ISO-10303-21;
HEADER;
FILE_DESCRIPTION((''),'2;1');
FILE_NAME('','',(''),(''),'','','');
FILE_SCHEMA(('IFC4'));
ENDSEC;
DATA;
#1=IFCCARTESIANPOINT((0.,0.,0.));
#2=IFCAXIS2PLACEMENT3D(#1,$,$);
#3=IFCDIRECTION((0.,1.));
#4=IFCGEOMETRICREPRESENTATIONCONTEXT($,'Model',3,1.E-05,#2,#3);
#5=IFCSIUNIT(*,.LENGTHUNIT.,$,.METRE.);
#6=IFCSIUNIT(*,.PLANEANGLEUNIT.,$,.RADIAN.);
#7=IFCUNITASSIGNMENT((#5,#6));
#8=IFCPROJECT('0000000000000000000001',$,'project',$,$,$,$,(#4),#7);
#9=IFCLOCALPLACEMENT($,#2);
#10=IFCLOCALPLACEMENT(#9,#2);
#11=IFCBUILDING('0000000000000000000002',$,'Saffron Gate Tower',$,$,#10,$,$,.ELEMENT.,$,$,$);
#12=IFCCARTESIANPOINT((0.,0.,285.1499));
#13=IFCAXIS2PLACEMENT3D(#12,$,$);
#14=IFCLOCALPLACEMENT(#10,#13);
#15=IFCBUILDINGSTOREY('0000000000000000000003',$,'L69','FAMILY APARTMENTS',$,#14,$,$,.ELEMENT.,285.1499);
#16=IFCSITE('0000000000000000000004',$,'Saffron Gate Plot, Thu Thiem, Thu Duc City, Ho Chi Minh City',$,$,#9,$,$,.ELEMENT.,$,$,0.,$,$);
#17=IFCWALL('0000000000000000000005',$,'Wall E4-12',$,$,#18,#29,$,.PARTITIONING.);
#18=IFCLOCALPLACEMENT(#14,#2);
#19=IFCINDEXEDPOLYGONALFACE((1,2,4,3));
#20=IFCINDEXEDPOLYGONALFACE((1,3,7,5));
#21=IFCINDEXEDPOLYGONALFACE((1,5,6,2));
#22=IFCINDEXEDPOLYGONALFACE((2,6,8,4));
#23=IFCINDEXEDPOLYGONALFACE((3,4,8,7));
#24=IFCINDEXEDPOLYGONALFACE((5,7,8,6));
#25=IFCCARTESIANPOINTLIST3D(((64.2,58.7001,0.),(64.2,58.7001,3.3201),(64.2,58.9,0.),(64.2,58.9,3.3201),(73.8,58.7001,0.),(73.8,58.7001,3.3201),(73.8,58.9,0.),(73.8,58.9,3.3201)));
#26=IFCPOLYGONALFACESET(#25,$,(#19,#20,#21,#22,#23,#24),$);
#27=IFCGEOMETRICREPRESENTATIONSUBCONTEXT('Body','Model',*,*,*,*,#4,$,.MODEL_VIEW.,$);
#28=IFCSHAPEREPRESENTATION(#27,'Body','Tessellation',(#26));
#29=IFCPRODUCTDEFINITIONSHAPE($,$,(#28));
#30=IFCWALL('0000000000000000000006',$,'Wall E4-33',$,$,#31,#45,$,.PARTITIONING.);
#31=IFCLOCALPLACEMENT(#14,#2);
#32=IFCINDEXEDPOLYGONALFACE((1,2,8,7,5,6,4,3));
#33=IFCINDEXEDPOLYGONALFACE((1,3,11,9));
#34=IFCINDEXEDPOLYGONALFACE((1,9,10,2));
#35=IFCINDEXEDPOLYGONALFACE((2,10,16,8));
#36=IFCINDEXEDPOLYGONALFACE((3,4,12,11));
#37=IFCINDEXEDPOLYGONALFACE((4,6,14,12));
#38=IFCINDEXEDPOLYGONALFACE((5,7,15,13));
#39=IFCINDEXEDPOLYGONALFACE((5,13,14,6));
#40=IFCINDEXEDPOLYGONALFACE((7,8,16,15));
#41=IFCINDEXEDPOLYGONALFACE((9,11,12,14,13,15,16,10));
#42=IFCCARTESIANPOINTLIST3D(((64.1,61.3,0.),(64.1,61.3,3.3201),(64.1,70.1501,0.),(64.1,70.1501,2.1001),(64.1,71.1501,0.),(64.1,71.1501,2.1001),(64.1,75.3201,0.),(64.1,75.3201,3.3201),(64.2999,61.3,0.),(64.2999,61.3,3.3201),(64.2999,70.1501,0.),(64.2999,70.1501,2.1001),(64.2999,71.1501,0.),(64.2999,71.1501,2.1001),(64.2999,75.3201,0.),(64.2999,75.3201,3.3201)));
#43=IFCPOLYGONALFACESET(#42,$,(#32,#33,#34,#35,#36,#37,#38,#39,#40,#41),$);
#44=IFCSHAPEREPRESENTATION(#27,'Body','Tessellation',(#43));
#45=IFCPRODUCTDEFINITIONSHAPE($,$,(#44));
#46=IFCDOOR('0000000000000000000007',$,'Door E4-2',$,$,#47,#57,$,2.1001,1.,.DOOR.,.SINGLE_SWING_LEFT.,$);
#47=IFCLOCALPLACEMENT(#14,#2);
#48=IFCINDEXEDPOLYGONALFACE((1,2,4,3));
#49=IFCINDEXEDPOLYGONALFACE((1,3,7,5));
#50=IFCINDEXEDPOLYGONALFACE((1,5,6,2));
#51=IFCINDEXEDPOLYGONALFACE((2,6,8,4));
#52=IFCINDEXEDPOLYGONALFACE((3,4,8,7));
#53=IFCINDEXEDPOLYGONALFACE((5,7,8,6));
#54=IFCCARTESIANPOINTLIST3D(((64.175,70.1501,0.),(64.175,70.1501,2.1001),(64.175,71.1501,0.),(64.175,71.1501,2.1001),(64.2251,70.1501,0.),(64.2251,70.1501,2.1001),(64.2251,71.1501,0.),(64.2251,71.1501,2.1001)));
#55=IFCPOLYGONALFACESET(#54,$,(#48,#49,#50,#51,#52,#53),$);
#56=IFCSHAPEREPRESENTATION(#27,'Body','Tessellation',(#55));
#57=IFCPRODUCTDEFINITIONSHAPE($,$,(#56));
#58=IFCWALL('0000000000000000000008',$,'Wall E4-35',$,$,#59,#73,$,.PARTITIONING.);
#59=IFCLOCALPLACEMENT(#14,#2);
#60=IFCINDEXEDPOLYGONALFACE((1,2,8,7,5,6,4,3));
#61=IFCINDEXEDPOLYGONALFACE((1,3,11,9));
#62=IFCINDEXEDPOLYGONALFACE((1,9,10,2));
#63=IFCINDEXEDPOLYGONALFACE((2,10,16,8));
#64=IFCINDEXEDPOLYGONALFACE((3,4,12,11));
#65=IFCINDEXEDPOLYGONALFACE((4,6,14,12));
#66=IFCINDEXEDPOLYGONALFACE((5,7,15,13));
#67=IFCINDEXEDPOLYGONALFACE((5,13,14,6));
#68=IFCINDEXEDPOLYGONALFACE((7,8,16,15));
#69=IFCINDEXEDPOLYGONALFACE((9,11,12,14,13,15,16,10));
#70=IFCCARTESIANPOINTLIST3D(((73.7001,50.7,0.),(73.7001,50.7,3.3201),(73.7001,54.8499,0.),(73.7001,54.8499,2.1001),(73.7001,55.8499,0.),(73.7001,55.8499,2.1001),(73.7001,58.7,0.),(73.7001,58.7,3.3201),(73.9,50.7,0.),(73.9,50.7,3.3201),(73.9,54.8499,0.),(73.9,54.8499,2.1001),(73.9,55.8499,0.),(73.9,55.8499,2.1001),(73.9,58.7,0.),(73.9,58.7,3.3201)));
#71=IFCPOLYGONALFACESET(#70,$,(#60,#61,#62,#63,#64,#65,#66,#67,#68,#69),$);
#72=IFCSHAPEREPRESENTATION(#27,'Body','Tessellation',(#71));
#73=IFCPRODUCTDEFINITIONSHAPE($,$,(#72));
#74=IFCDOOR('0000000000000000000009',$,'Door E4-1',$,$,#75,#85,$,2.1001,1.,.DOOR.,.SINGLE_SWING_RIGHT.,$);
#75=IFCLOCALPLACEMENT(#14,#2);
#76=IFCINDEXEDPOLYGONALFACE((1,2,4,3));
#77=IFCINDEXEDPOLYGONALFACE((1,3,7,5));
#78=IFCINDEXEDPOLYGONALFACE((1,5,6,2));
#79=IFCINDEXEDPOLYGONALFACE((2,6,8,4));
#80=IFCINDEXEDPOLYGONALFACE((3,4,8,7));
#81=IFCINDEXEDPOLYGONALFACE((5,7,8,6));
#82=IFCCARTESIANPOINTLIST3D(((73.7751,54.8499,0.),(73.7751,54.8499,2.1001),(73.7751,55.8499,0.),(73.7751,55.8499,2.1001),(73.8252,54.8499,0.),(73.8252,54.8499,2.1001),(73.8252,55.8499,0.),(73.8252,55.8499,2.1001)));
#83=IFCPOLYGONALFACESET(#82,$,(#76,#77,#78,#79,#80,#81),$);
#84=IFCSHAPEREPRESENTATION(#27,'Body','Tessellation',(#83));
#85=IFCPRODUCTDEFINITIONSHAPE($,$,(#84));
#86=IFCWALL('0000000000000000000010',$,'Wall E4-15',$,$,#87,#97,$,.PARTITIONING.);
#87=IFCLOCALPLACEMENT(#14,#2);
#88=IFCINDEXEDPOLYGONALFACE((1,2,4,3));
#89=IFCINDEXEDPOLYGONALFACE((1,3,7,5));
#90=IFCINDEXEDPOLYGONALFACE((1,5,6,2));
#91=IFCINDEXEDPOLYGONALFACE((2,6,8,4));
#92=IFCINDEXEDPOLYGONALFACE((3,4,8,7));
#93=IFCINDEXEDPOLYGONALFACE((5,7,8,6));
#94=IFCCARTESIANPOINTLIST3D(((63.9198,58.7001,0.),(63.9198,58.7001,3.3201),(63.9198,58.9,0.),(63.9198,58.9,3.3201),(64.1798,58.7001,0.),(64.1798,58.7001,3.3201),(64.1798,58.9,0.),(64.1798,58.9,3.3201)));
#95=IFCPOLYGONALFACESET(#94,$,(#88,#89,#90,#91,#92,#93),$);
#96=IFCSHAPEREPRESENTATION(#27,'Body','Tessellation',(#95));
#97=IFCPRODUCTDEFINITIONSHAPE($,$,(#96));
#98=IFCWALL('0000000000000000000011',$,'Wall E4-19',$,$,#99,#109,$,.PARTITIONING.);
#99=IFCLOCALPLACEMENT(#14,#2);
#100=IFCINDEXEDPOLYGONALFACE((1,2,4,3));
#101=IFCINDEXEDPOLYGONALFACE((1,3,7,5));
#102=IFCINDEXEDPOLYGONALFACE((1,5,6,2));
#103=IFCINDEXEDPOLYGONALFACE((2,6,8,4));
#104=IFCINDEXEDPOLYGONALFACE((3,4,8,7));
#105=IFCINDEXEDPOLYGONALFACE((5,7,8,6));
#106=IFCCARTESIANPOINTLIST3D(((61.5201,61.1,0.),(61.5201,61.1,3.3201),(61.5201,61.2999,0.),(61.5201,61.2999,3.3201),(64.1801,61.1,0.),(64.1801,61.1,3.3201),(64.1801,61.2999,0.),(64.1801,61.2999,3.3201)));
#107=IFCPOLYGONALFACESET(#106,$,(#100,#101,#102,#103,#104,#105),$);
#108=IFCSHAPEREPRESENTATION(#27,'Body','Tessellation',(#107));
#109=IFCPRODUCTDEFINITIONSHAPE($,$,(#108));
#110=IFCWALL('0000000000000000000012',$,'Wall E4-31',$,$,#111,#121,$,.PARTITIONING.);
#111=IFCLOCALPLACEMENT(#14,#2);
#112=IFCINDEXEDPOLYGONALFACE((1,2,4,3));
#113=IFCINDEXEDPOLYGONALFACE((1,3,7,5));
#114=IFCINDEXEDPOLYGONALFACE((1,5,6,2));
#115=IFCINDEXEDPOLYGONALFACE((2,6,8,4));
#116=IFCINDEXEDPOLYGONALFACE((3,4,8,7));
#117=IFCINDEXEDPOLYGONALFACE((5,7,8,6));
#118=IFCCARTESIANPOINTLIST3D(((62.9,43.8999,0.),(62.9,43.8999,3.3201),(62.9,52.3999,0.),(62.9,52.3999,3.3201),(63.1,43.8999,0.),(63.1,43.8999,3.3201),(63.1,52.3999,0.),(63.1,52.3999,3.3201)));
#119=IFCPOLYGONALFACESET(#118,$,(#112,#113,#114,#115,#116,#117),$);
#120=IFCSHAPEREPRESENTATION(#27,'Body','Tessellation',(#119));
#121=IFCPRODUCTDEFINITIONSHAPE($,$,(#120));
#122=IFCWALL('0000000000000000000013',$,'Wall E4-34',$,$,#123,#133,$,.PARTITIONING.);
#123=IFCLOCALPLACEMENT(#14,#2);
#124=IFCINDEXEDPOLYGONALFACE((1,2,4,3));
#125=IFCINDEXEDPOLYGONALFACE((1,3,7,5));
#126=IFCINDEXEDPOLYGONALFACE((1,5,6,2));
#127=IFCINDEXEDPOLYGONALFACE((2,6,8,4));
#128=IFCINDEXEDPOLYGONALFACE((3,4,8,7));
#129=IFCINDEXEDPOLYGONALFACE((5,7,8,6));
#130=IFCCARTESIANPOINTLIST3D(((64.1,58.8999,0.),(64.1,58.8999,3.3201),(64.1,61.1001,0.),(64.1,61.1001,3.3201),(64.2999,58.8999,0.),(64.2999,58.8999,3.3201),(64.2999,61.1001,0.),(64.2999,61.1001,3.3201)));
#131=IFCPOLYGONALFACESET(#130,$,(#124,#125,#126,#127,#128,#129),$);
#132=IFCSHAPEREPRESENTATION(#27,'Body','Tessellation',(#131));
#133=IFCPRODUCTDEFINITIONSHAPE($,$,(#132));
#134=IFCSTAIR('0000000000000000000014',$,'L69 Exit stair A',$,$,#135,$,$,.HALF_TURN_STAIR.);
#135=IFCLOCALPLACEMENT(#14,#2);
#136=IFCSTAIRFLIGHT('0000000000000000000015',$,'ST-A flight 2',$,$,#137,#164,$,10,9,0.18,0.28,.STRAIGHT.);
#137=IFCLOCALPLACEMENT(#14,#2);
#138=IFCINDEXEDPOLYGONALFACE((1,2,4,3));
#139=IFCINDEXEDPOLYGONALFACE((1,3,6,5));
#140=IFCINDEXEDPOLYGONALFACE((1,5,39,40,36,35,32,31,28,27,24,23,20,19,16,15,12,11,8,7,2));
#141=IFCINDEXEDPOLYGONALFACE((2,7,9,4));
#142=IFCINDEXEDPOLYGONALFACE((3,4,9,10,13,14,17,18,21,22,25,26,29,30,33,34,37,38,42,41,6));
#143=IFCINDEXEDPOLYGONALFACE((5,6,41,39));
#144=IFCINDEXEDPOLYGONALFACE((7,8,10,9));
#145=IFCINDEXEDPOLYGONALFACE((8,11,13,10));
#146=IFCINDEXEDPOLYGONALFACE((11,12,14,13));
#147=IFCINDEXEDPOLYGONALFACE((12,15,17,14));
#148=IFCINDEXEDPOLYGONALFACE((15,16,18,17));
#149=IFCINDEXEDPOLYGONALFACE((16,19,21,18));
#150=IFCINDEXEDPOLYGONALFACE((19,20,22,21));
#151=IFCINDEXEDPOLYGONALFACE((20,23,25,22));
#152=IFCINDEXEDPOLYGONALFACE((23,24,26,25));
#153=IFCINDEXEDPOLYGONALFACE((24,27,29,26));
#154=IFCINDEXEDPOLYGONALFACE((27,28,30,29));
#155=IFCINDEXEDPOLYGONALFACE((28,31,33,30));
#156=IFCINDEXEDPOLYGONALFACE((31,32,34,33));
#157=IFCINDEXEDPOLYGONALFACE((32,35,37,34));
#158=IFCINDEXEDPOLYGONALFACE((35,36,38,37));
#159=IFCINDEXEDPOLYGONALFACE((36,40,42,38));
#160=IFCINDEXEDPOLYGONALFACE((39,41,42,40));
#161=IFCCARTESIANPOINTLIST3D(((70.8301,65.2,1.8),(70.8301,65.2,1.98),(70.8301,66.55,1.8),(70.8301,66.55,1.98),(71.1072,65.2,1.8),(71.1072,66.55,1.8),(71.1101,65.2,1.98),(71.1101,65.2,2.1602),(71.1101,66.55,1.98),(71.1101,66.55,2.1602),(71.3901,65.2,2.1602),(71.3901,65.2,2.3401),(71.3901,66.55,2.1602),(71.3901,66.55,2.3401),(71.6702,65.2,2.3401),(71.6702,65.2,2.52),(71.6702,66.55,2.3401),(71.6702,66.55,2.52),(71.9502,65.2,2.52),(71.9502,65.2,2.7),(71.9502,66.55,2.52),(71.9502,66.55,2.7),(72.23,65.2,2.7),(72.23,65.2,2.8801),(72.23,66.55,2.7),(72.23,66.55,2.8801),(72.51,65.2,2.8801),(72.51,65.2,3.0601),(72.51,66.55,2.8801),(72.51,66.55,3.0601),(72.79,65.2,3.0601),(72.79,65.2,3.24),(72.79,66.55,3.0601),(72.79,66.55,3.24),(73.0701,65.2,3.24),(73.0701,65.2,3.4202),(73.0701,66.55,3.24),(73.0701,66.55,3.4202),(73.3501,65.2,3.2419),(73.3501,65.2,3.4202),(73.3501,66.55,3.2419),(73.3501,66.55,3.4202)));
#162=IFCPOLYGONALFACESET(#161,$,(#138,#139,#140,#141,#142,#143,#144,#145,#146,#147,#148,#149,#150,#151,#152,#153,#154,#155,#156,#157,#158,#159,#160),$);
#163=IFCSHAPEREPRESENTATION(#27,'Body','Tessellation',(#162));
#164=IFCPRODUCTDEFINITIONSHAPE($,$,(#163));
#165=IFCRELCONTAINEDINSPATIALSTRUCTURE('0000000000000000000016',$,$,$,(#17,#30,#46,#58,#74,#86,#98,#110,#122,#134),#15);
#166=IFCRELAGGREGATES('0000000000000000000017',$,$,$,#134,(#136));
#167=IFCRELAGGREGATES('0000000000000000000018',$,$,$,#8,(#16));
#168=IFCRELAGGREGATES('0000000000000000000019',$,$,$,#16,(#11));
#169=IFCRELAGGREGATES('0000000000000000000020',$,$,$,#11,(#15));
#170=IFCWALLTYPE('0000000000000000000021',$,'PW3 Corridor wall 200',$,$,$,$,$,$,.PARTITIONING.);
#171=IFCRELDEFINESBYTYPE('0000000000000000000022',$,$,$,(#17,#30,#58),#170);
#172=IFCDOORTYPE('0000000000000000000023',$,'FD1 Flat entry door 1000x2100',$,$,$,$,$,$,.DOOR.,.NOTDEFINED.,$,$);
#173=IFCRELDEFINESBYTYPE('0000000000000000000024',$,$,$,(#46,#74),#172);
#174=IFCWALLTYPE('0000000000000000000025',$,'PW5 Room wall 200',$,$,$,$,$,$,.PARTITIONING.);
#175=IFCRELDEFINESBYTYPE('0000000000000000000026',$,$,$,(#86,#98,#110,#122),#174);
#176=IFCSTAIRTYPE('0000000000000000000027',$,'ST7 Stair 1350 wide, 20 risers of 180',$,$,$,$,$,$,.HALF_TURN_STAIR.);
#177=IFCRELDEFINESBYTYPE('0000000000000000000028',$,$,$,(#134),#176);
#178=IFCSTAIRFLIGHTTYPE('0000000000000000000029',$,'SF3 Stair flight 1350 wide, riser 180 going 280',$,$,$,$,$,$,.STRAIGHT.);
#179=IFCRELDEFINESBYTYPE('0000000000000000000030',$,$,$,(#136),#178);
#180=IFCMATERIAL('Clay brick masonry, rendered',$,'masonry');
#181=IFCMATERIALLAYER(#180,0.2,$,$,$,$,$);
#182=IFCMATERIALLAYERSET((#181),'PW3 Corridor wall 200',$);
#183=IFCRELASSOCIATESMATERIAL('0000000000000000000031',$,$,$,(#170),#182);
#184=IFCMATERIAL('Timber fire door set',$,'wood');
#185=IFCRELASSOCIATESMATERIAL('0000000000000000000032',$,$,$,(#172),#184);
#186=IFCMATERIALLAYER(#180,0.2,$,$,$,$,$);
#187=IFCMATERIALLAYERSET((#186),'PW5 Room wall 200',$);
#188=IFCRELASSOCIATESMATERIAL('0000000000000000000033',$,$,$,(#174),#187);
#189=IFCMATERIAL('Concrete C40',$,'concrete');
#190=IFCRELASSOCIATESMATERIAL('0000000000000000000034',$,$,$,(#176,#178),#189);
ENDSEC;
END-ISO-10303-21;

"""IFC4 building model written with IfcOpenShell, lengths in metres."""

from ifc_helpers import new_model, si_unit, direction, frame, frame_2d, origin, place, context, subcontext, project, spatial, polyline, rectangle, outline, extrude, material, layer, layer_set, type_object, element, fill, aggregate, save


model = new_model("IFC4")

# Units and contexts
model_context = context("Model", 3, precision=1e-05, world=origin(), true_north=direction((0.0, 1.0)))
body_context = subcontext(model_context, "Body", "Model", "MODEL_VIEW")
ifc_project = project(units=[si_unit("LENGTHUNIT", "METRE"), si_unit("PLANEANGLEUNIT", "RADIAN")], contexts=[model_context])

# Site, building, storey
site_placement = place(None, origin())
site = spatial("IfcSite", under=ifc_project, at=site_placement, Name="Saffron Gate Plot, Thu Thiem, Thu Duc City, Ho Chi Minh City", CompositionType="ELEMENT", RefElevation=0.0)
building_placement = place(site_placement, origin())
building = spatial("IfcBuilding", under=site, at=building_placement, Name="Saffron Gate Tower", CompositionType="ELEMENT")
storey_placement = place(building_placement, frame((0.0, 0.0, 285.1499)))
storey = spatial("IfcBuildingStorey", under=building, at=storey_placement, Name="L69", Description="FAMILY APARTMENTS", CompositionType="ELEMENT", Elevation=285.1499)

# Shared definitions
ifc_material_1 = material(Name="Concrete C40", Category="concrete")

# Wall
ifc_material_2 = material(Name="Clay brick masonry, rendered", Category="masonry")
ifc_layer_1 = layer(ifc_material_2, 0.2)
ifc_layer_set_1 = layer_set([ifc_layer_1], Name="PW3 Corridor wall 200")
wall_type_1 = type_object("IfcWallType", Name="PW3 Corridor wall 200", PredefinedType="PARTITIONING", material=ifc_layer_set_1)
wall_1_placement = place(storey_placement, frame((64.2, 58.8, 0.0), z_axis=(0.0, 0.0, 1.0), x_axis=(1.0, 0.0, 0.0)))
element("IfcWall", 1, at=wall_1_placement, inside=storey, type_object=wall_type_1, Name="Wall E4-12", PredefinedType="PARTITIONING", context=body_context, shape_type="SweptSolid", body=[
    extrude(rectangle(XDim=9.6001, YDim=0.2, at=frame_2d((4.8, 0.0))), origin(), (0.0, 0.0, 1.0), 3.3201),
])

# Walls, openings, doors
wall_2_placement = place(storey_placement, frame((64.2, 61.3, 0.0), z_axis=(0.0, 0.0, 1.0), x_axis=(0.0, 1.0, 0.0)))
wall_2 = element("IfcWall", 2, at=wall_2_placement, inside=storey, type_object=wall_type_1, Name="Wall E4-33", PredefinedType="PARTITIONING", context=body_context, shape_type="SweptSolid", body=[
    extrude(rectangle(XDim=14.02, YDim=0.2, at=frame_2d((7.01, 0.0))), origin(), (0.0, 0.0, 1.0), 3.3201),
])
opening_1_placement = place(wall_2_placement, frame((8.8501, 0.0, 0.0)))
opening_1 = element("IfcOpeningElement", 3, at=opening_1_placement, cuts=wall_2, PredefinedType="OPENING", context=body_context, shape_type="SweptSolid", body=[
    extrude(rectangle(XDim=1.0, YDim=2.1001, at=frame_2d((0.5, 1.05))), frame((0.0, 0.1099, 0.0), z_axis=(0.0, -1.0, 0.0), x_axis=(1.0, 0.0, 0.0)), (0.0, 0.0, 1.0), 0.22),
])
ifc_material_3 = material(Name="Timber fire door set", Category="wood")
door_type_1 = type_object("IfcDoorType", Name="FD1 Flat entry door 1000x2100", OperationType="NOTDEFINED", PredefinedType="DOOR", material=ifc_material_3)
door_1_placement = place(opening_1_placement, origin())
door_1 = element("IfcDoor", 4, at=door_1_placement, inside=storey, type_object=door_type_1, Name="Door E4-2", OperationType="SINGLE_SWING_LEFT", OverallHeight=2.1001, OverallWidth=1.0, PredefinedType="DOOR", context=body_context, shape_type="SweptSolid", body=[
    extrude(rectangle(XDim=1.0, YDim=2.1001, at=frame_2d((0.5, 1.05))), frame((0.0, 0.0249, 0.0), z_axis=(0.0, -1.0, 0.0), x_axis=(1.0, 0.0, 0.0)), (0.0, 0.0, 1.0), 0.05),
])
fill(opening_1, door_1)
wall_3_placement = place(storey_placement, frame((73.8, 50.7, 0.0), z_axis=(0.0, 0.0, 1.0), x_axis=(0.0, 1.0, 0.0)))
wall_3 = element("IfcWall", 5, at=wall_3_placement, inside=storey, type_object=wall_type_1, Name="Wall E4-35", PredefinedType="PARTITIONING", context=body_context, shape_type="SweptSolid", body=[
    extrude(rectangle(XDim=8.0, YDim=0.2, at=frame_2d((4.0, 0.0))), origin(), (0.0, 0.0, 1.0), 3.3201),
])
opening_2_placement = place(wall_3_placement, frame((4.1499, 0.0, 0.0)))
opening_2 = element("IfcOpeningElement", 6, at=opening_2_placement, cuts=wall_3, PredefinedType="OPENING", context=body_context, shape_type="SweptSolid", body=[
    extrude(rectangle(XDim=1.0, YDim=2.1001, at=frame_2d((0.5, 1.05))), frame((0.0, 0.1099, 0.0), z_axis=(0.0, -1.0, 0.0), x_axis=(1.0, 0.0, 0.0)), (0.0, 0.0, 1.0), 0.22),
])
door_2_placement = place(opening_2_placement, origin())
door_2 = element("IfcDoor", 7, at=door_2_placement, inside=storey, type_object=door_type_1, Name="Door E4-1", OperationType="SINGLE_SWING_RIGHT", OverallHeight=2.1001, OverallWidth=1.0, PredefinedType="DOOR", context=body_context, shape_type="SweptSolid", body=[
    extrude(rectangle(XDim=1.0, YDim=2.1001, at=frame_2d((0.5, 1.05))), frame((0.0, 0.0249, 0.0), z_axis=(0.0, -1.0, 0.0), x_axis=(1.0, 0.0, 0.0)), (0.0, 0.0, 1.0), 0.05),
])
fill(opening_2, door_2)

# Walls
ifc_layer_2 = layer(ifc_material_2, 0.2)
ifc_layer_set_2 = layer_set([ifc_layer_2], Name="PW5 Room wall 200")
wall_type_2 = type_object("IfcWallType", Name="PW5 Room wall 200", PredefinedType="PARTITIONING", material=ifc_layer_set_2)
wall_4_placement = place(storey_placement, frame((63.9199, 58.8, 0.0), z_axis=(0.0, 0.0, 1.0), x_axis=(1.0, 0.0, 0.0)))
element("IfcWall", 8, at=wall_4_placement, inside=storey, type_object=wall_type_2, Name="Wall E4-15", PredefinedType="PARTITIONING", context=body_context, shape_type="SweptSolid", body=[
    extrude(rectangle(XDim=0.26, YDim=0.2, at=frame_2d((0.1299, 0.0))), origin(), (0.0, 0.0, 1.0), 3.3201),
])
wall_5_placement = place(storey_placement, frame((61.52, 61.2, 0.0), z_axis=(0.0, 0.0, 1.0), x_axis=(1.0, 0.0, 0.0)))
element("IfcWall", 9, at=wall_5_placement, inside=storey, type_object=wall_type_2, Name="Wall E4-19", PredefinedType="PARTITIONING", context=body_context, shape_type="SweptSolid", body=[
    extrude(rectangle(XDim=2.6599, YDim=0.2, at=frame_2d((1.3301, 0.0))), origin(), (0.0, 0.0, 1.0), 3.3201),
])
wall_6_placement = place(storey_placement, frame((63.0, 52.3999, 0.0), z_axis=(0.0, 0.0, 1.0), x_axis=(0.0, -1.0, 0.0)))
element("IfcWall", 10, at=wall_6_placement, inside=storey, type_object=wall_type_2, Name="Wall E4-31", PredefinedType="PARTITIONING", context=body_context, shape_type="SweptSolid", body=[
    extrude(rectangle(XDim=8.5, YDim=0.2, at=frame_2d((4.25, 0.0))), origin(), (0.0, 0.0, 1.0), 3.3201),
])
wall_7_placement = place(storey_placement, frame((64.2, 61.1001, 0.0), z_axis=(0.0, 0.0, 1.0), x_axis=(0.0, -1.0, 0.0)))
element("IfcWall", 11, at=wall_7_placement, inside=storey, type_object=wall_type_2, Name="Wall E4-34", PredefinedType="PARTITIONING", context=body_context, shape_type="SweptSolid", body=[
    extrude(rectangle(XDim=2.2002, YDim=0.2, at=frame_2d((1.1001, 0.0))), origin(), (0.0, 0.0, 1.0), 3.3201),
])

# Stair, stair flight
stair_type = type_object("IfcStairType", Name="ST7 Stair 1350 wide, 20 risers of 180", PredefinedType="HALF_TURN_STAIR", material=ifc_material_1)
stair_placement = place(storey_placement, origin())
stair = element("IfcStair", 12, at=stair_placement, inside=storey, type_object=stair_type, Name="L69 Exit stair A", PredefinedType="HALF_TURN_STAIR")
stair_flight_type = type_object("IfcStairFlightType", Name="SF3 Stair flight 1350 wide, riser 180 going 280", PredefinedType="STRAIGHT", material=ifc_material_1)
stair_flight_placement = place(storey_placement, frame((70.8301, 65.875, 1.8), z_axis=(0.0, 0.0, 1.0), x_axis=(1.0, 0.0, 0.0)))
stair_flight = element("IfcStairFlight", 13, at=stair_flight_placement, type_object=stair_flight_type, Name="ST-A flight 2", NumberOfRisers=10, NumberOfTreads=9, PredefinedType="STRAIGHT", RiserHeight=0.18, TreadLength=0.28, context=body_context, shape_type="SweptSolid", body=[
    extrude(outline(polyline([(0.0, 0.0), (0.0, 0.1799), (0.28, 0.1799), (0.28, 0.3601), (0.5601, 0.3601), (0.5601, 0.54), (0.8401, 0.54), (0.8401, 0.72), (1.1201, 0.72), (1.1201, 0.8999), (1.3999, 0.8999), (1.3999, 1.0801), (1.6799, 1.0801), (1.6799, 1.26), (1.96, 1.26), (1.96, 1.4399), (2.24, 1.4399), (2.24, 1.6201), (2.52, 1.6201), (2.52, 1.8), (2.52, 1.4419), (0.2771, 0.0), (0.0, 0.0)])), frame((0.0, 0.675, 0.0), z_axis=(0.0, -1.0, 0.0), x_axis=(1.0, 0.0, 0.0)), (0.0, 0.0, 1.0), 1.3501),
])
aggregate(stair, [stair_flight])

save(model, "model.ifc")
